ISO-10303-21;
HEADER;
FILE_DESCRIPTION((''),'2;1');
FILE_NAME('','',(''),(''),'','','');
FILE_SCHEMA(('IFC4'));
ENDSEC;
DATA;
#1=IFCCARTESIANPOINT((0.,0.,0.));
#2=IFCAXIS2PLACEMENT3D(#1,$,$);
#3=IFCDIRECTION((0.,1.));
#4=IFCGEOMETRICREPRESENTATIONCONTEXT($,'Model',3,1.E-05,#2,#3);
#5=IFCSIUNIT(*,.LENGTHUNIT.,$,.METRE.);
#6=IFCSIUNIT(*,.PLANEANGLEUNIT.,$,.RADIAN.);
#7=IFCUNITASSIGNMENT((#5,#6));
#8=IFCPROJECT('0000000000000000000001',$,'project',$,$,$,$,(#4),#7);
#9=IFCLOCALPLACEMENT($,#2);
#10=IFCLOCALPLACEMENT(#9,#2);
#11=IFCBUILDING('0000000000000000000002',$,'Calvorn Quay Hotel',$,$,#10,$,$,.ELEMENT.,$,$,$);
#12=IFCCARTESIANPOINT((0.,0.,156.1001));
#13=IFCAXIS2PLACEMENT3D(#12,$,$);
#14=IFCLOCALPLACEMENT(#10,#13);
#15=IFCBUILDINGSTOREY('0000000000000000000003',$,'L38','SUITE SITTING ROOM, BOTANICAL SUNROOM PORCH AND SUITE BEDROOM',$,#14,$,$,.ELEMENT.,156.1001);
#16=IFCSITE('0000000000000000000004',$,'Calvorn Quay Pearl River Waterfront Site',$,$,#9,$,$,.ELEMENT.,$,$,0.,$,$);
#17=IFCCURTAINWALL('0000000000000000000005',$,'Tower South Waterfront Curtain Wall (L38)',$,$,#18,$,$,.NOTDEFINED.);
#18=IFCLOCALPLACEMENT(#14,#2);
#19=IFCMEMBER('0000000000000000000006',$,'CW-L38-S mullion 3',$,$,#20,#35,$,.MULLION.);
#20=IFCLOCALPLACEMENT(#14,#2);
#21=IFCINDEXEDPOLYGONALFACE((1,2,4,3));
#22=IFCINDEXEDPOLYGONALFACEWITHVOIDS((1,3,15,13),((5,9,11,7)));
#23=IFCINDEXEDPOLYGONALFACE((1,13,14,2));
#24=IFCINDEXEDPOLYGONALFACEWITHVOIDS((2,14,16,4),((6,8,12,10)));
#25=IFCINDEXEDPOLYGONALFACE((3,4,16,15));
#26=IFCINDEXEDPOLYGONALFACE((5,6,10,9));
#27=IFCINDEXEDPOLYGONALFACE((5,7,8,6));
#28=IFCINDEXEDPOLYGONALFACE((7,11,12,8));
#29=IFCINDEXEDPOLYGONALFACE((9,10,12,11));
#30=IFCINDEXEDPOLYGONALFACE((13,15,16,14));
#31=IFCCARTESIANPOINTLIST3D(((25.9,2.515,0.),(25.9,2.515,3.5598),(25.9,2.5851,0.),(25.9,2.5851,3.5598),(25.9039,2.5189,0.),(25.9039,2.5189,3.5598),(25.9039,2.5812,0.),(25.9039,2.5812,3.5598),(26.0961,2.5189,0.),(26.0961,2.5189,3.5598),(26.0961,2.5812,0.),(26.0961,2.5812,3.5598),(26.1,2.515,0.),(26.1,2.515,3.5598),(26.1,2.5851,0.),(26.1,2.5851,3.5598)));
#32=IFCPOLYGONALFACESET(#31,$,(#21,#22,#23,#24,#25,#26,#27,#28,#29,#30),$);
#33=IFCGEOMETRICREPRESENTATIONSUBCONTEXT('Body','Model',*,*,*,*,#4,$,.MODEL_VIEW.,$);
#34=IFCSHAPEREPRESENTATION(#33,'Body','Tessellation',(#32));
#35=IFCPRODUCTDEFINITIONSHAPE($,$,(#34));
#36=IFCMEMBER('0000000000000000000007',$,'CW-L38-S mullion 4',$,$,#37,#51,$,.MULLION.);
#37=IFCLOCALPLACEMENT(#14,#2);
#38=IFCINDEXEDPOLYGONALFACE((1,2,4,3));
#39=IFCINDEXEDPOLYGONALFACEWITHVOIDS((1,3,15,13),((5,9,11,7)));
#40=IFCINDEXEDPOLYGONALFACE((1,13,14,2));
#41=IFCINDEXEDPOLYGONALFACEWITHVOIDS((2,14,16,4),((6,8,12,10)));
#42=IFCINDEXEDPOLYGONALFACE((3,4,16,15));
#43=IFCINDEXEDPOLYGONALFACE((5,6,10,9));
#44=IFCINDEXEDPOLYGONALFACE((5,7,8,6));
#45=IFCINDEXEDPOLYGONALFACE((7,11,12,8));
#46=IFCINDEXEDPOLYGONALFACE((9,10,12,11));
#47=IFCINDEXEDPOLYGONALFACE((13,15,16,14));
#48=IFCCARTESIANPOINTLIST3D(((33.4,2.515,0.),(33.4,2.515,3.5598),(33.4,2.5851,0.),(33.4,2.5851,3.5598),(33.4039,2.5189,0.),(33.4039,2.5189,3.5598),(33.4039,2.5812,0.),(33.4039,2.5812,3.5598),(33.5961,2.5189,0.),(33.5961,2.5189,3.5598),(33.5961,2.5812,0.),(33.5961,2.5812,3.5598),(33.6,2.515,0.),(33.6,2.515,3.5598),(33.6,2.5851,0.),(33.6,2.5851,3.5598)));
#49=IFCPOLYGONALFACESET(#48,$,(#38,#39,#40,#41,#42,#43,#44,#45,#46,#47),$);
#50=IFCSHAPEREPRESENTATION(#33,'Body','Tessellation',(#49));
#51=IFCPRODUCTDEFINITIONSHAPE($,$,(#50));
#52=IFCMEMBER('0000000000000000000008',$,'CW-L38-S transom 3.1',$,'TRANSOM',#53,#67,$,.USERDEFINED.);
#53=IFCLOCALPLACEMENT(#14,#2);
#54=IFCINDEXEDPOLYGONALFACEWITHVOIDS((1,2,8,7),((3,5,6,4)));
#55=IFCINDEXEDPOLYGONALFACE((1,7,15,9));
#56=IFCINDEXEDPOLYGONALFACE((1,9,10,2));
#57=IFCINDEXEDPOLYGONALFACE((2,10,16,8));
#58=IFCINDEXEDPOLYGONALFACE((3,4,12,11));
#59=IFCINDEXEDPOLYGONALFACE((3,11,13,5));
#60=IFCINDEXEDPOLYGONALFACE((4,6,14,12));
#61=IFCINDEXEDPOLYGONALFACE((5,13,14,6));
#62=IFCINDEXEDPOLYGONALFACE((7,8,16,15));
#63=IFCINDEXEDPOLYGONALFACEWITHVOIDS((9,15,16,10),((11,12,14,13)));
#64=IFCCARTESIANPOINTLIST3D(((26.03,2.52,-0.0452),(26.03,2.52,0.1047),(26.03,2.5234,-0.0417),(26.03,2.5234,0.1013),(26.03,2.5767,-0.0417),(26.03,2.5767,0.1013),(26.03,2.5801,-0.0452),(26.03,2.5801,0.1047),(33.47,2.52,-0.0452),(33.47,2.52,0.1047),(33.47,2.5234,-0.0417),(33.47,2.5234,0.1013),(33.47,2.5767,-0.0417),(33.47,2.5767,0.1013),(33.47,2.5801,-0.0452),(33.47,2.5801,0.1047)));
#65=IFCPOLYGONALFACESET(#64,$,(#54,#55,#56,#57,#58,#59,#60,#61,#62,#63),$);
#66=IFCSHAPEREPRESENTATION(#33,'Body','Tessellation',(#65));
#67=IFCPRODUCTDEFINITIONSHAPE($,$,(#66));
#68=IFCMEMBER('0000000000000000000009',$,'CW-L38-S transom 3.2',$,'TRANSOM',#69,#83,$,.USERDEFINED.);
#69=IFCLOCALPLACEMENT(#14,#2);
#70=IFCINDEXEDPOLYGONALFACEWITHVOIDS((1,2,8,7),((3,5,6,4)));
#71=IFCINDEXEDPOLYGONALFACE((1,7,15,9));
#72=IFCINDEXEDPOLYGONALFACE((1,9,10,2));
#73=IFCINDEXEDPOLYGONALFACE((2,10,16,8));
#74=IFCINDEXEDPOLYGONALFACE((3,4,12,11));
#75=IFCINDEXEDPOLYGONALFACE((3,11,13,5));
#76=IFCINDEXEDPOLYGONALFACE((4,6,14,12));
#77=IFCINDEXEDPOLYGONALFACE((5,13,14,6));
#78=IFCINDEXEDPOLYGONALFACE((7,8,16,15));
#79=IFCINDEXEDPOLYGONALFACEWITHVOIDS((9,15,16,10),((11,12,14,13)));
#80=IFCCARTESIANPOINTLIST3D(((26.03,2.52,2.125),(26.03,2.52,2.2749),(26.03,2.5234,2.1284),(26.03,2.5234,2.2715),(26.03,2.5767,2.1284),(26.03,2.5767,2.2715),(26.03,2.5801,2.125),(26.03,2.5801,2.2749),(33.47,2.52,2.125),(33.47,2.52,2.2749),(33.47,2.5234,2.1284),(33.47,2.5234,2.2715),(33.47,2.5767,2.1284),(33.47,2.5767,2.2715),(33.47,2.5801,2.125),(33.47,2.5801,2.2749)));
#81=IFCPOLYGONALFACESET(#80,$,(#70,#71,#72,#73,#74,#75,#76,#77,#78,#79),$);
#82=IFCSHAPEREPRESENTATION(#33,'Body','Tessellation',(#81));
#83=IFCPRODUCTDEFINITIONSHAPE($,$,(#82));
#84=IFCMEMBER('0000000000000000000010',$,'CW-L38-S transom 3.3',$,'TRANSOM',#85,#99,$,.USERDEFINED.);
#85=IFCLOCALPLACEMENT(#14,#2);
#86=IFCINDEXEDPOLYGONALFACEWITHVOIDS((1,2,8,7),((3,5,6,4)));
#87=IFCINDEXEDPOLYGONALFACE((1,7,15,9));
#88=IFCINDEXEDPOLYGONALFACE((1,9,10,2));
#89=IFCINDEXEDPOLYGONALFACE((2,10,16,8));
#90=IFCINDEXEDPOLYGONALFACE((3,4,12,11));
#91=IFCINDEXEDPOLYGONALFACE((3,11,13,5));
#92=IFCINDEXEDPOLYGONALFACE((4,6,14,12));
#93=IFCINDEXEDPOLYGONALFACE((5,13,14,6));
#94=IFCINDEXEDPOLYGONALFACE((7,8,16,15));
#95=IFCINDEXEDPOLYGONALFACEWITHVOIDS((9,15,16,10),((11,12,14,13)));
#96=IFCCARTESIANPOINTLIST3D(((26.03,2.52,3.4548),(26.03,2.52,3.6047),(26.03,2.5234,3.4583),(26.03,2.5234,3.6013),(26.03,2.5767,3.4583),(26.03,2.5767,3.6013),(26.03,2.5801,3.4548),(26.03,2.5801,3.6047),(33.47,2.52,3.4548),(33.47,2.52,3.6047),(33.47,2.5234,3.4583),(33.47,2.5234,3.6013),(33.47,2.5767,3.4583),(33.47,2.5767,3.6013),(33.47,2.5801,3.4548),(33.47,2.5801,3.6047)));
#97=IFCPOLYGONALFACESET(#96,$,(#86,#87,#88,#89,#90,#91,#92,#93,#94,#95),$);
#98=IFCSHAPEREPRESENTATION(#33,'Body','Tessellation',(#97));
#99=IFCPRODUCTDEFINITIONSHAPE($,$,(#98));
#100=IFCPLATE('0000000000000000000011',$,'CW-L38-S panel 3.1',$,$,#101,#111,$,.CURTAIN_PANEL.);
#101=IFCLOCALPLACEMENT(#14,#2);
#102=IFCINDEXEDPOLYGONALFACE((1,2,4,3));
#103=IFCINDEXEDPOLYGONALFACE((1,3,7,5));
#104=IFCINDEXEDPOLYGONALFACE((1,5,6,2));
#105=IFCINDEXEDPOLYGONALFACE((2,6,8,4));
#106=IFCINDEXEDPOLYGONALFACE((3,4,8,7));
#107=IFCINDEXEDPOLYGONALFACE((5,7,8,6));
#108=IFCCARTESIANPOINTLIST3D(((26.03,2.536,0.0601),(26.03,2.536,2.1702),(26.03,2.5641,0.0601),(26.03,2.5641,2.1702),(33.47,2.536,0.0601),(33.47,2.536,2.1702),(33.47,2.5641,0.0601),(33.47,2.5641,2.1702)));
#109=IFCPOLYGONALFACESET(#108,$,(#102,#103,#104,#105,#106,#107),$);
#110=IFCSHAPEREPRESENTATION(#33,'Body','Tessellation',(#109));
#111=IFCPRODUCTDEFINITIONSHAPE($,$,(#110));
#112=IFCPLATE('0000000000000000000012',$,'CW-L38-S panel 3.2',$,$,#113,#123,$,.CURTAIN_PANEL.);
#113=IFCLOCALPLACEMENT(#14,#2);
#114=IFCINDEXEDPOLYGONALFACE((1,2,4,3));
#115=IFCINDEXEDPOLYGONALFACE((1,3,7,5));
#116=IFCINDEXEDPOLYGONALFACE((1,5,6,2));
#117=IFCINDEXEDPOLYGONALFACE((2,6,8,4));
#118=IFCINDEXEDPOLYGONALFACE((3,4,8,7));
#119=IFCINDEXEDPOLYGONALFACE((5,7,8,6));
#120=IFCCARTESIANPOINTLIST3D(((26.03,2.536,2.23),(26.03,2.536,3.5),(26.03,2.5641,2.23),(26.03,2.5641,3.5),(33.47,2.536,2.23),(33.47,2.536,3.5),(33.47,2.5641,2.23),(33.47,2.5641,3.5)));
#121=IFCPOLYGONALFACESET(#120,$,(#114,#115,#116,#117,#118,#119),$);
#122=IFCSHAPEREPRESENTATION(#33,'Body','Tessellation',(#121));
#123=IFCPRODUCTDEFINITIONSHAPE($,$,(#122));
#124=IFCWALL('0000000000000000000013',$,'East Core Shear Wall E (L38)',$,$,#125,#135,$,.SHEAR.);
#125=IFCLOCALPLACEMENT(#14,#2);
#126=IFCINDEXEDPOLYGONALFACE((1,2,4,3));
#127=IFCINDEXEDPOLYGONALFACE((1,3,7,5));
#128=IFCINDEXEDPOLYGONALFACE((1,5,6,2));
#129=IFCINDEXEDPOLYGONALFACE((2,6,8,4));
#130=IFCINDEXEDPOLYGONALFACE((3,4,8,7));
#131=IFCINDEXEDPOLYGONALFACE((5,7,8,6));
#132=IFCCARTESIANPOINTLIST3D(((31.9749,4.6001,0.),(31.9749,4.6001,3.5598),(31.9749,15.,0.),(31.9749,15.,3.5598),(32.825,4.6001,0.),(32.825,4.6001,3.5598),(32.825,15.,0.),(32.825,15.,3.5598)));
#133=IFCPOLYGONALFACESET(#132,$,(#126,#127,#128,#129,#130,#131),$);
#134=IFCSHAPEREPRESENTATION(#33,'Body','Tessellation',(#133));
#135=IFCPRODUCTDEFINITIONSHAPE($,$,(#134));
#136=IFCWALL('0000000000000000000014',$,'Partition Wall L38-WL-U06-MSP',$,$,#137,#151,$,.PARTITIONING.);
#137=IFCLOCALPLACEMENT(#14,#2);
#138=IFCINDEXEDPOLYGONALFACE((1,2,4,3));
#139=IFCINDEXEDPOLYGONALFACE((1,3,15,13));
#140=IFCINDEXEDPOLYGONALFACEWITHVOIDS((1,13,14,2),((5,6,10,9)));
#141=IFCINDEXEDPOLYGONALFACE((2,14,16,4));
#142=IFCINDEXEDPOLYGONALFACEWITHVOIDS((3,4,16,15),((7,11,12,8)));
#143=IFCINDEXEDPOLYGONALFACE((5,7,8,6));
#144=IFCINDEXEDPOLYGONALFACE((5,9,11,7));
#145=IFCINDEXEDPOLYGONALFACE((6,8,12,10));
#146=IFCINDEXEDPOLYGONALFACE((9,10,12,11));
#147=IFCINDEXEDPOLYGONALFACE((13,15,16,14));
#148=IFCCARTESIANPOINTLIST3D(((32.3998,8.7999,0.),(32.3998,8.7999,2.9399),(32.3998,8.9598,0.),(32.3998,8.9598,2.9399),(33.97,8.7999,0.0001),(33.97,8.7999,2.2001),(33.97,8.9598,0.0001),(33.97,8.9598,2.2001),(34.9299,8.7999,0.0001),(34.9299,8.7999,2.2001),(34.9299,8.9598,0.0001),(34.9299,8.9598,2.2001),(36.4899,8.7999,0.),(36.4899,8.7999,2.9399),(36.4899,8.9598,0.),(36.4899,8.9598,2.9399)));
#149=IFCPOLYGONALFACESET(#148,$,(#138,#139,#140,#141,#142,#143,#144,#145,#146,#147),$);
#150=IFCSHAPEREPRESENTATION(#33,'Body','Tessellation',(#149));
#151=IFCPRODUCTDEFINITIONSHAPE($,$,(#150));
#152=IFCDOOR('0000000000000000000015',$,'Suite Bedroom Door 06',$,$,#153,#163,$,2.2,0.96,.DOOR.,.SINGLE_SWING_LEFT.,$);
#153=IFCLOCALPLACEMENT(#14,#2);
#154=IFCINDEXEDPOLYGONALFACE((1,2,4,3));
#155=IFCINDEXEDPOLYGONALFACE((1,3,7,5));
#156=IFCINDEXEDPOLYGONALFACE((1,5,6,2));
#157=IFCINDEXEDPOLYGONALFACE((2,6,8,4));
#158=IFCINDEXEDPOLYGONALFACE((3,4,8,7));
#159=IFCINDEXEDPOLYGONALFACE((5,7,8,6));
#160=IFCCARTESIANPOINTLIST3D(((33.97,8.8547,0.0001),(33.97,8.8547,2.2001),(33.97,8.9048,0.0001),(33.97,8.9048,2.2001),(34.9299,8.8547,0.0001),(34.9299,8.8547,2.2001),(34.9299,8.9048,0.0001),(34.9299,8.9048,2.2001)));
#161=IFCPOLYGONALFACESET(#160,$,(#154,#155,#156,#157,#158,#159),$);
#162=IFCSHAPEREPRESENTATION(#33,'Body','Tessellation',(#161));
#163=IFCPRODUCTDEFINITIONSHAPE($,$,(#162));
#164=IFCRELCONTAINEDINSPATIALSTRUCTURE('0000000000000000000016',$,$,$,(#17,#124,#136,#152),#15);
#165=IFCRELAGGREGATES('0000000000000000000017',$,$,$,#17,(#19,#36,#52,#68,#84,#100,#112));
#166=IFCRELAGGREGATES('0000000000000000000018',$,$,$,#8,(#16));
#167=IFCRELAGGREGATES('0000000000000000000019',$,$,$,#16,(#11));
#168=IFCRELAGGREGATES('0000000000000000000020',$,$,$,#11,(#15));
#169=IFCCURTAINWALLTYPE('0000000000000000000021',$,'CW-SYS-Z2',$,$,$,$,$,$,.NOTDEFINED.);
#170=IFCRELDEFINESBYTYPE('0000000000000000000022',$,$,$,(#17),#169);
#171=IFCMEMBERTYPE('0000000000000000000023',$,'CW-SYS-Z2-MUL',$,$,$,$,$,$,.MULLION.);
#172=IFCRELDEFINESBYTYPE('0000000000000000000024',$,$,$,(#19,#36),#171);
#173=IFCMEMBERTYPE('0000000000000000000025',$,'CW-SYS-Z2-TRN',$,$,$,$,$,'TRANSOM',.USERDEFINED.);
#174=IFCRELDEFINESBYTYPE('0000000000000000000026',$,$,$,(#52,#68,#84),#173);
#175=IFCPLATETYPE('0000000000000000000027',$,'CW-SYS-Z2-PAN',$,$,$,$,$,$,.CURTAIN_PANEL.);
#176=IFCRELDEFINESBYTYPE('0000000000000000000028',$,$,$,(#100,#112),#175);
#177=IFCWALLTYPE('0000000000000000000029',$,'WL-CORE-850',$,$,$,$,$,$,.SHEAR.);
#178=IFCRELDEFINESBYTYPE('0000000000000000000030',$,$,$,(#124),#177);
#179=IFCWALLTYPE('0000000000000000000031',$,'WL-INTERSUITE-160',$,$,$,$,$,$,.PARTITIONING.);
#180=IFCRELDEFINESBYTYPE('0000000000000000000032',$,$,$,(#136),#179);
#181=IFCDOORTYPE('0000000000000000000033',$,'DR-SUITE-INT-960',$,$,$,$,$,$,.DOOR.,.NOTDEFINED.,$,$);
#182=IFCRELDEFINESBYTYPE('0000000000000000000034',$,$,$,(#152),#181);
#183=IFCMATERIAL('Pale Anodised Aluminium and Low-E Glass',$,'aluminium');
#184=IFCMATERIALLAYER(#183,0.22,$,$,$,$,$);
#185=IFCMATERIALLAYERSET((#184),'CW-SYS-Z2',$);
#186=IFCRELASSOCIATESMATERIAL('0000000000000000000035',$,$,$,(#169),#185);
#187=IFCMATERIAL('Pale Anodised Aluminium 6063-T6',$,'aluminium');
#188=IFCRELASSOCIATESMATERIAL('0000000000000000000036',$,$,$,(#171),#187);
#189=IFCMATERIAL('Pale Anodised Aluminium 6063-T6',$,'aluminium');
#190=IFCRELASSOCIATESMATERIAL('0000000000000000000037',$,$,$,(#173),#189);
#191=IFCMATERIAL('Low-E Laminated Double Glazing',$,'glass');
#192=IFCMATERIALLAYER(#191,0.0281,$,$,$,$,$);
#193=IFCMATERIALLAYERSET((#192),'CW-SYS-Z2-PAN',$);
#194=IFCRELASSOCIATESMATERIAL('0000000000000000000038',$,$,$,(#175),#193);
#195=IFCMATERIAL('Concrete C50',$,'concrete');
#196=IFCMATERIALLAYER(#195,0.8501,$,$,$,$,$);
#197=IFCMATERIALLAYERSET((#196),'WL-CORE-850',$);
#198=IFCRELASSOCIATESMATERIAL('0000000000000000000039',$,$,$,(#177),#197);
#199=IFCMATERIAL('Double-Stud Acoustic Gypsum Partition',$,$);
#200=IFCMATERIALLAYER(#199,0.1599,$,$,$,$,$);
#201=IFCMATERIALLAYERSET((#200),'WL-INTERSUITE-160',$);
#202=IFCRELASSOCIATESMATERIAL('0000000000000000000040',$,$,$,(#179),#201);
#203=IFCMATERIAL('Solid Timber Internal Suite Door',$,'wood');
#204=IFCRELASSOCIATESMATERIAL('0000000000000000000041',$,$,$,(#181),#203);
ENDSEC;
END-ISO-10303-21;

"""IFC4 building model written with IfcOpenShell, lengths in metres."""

from ifc_helpers import new_model, si_unit, direction, frame, frame_2d, origin, origin_2d, place, context, subcontext, project, spatial, rectangle, hollow_rectangle, extrude, material, layer, layer_set, material_profile, profile_set, type_object, element, fill, aggregate, save


model = new_model("IFC4")

# Units and contexts
model_context = context("Model", 3, precision=1e-05, world=origin(), true_north=direction((0.0, 1.0)))
body_context = subcontext(model_context, "Body", "Model", "MODEL_VIEW")
ifc_project = project(units=[si_unit("LENGTHUNIT", "METRE"), si_unit("PLANEANGLEUNIT", "RADIAN")], contexts=[model_context])

# Site, building, storey
site_placement = place(None, origin())
site = spatial("IfcSite", under=ifc_project, at=site_placement, Name="Calvorn Quay Pearl River Waterfront Site", CompositionType="ELEMENT", RefElevation=0.0)
building_placement = place(site_placement, origin())
building = spatial("IfcBuilding", under=site, at=building_placement, Name="Calvorn Quay Hotel", CompositionType="ELEMENT")
storey_placement = place(building_placement, frame((0.0, 0.0, 156.1001)))
storey = spatial("IfcBuildingStorey", under=building, at=storey_placement, Name="L38", Description="SUITE SITTING ROOM, BOTANICAL SUNROOM PORCH AND SUITE BEDROOM", CompositionType="ELEMENT", Elevation=156.1001)

# Curtain wall, members, plates
ifc_material_1 = material(Name="Pale Anodised Aluminium and Low-E Glass", Category="aluminium")
ifc_layer_1 = layer(ifc_material_1, 0.22)
ifc_layer_set_1 = layer_set([ifc_layer_1], Name="CW-SYS-Z2")
curtain_wall_type = type_object("IfcCurtainWallType", Name="CW-SYS-Z2", PredefinedType="NOTDEFINED", material=ifc_layer_set_1)
curtain_wall_placement = place(storey_placement, origin())
curtain_wall = element("IfcCurtainWall", 1, at=curtain_wall_placement, inside=storey, type_object=curtain_wall_type, Name="Tower South Waterfront Curtain Wall (L38)", PredefinedType="NOTDEFINED")
ifc_material_2 = material(Name="Pale Anodised Aluminium 6063-T6", Category="aluminium")
ifc_material_profile_1 = material_profile(ifc_material_2, hollow_rectangle(XDim=0.0701, YDim=0.2, WallThickness=0.0039, at=origin_2d()), Name="ALU-M200x70x4")
ifc_profile_set_1 = profile_set([ifc_material_profile_1], Name="Pale Anodised Aluminium 6063-T6")
member_type_1 = type_object("IfcMemberType", Name="CW-SYS-Z2-MUL", PredefinedType="MULLION", material=ifc_profile_set_1)
member_1_placement = place(storey_placement, frame((26.0, 2.55, 0.0), z_axis=(0.0, 0.0, 1.0), x_axis=(0.0, 1.0, 0.0)))
member_1 = element("IfcMember", 2, at=member_1_placement, type_object=member_type_1, Name="CW-L38-S mullion 3", PredefinedType="MULLION", context=body_context, shape_type="SweptSolid", body=[
    extrude(hollow_rectangle(XDim=0.0701, YDim=0.2, WallThickness=0.0039, at=origin_2d()), origin(), (0.0, 0.0, 1.0), 3.5598),
])
member_2_placement = place(storey_placement, frame((33.5, 2.55, 0.0), z_axis=(0.0, 0.0, 1.0), x_axis=(0.0, 1.0, 0.0)))
member_2 = element("IfcMember", 3, at=member_2_placement, type_object=member_type_1, Name="CW-L38-S mullion 4", PredefinedType="MULLION", context=body_context, shape_type="SweptSolid", body=[
    extrude(hollow_rectangle(XDim=0.0701, YDim=0.2, WallThickness=0.0039, at=origin_2d()), origin(), (0.0, 0.0, 1.0), 3.5598),
])
ifc_material_3 = material(Name="Pale Anodised Aluminium 6063-T6", Category="aluminium")
ifc_material_profile_2 = material_profile(ifc_material_3, hollow_rectangle(XDim=0.0601, YDim=0.1499, WallThickness=0.0034, at=origin_2d()), Name="ALU-T150x60x3.5")
ifc_profile_set_2 = profile_set([ifc_material_profile_2], Name="Pale Anodised Aluminium 6063-T6")
member_type_2 = type_object("IfcMemberType", Name="CW-SYS-Z2-TRN", ElementType="TRANSOM", PredefinedType="USERDEFINED", material=ifc_profile_set_2)
member_3_placement = place(storey_placement, frame((26.03, 2.55, 0.0298), z_axis=(1.0, 0.0, 0.0), x_axis=(0.0, 1.0, 0.0)))
member_3 = element("IfcMember", 4, at=member_3_placement, type_object=member_type_2, Name="CW-L38-S transom 3.1", ObjectType="TRANSOM", PredefinedType="USERDEFINED", context=body_context, shape_type="SweptSolid", body=[
    extrude(hollow_rectangle(XDim=0.0601, YDim=0.1499, WallThickness=0.0034, at=origin_2d()), origin(), (0.0, 0.0, 1.0), 7.4399),
])
member_4_placement = place(storey_placement, frame((26.03, 2.55, 2.2), z_axis=(1.0, 0.0, 0.0), x_axis=(0.0, 1.0, 0.0)))
member_4 = element("IfcMember", 5, at=member_4_placement, type_object=member_type_2, Name="CW-L38-S transom 3.2", ObjectType="TRANSOM", PredefinedType="USERDEFINED", context=body_context, shape_type="SweptSolid", body=[
    extrude(hollow_rectangle(XDim=0.0601, YDim=0.1499, WallThickness=0.0034, at=origin_2d()), origin(), (0.0, 0.0, 1.0), 7.4399),
])
member_5_placement = place(storey_placement, frame((26.03, 2.55, 3.5298), z_axis=(1.0, 0.0, 0.0), x_axis=(0.0, 1.0, 0.0)))
member_5 = element("IfcMember", 6, at=member_5_placement, type_object=member_type_2, Name="CW-L38-S transom 3.3", ObjectType="TRANSOM", PredefinedType="USERDEFINED", context=body_context, shape_type="SweptSolid", body=[
    extrude(hollow_rectangle(XDim=0.0601, YDim=0.1499, WallThickness=0.0034, at=origin_2d()), origin(), (0.0, 0.0, 1.0), 7.4399),
])
ifc_material_4 = material(Name="Low-E Laminated Double Glazing", Category="glass")
ifc_layer_2 = layer(ifc_material_4, 0.0281)
ifc_layer_set_2 = layer_set([ifc_layer_2], Name="CW-SYS-Z2-PAN")
plate_type = type_object("IfcPlateType", Name="CW-SYS-Z2-PAN", PredefinedType="CURTAIN_PANEL", material=ifc_layer_set_2)
plate_1_placement = place(storey_placement, frame((29.75, 2.55, 0.0601), z_axis=(0.0, 0.0, 1.0), x_axis=(1.0, 0.0, 0.0)))
plate_1 = element("IfcPlate", 7, at=plate_1_placement, type_object=plate_type, Name="CW-L38-S panel 3.1", PredefinedType="CURTAIN_PANEL", context=body_context, shape_type="SweptSolid", body=[
    extrude(rectangle(XDim=7.4399, YDim=0.0281, at=origin_2d()), origin(), (0.0, 0.0, 1.0), 2.1101),
])
plate_2_placement = place(storey_placement, frame((29.75, 2.55, 2.23), z_axis=(0.0, 0.0, 1.0), x_axis=(1.0, 0.0, 0.0)))
plate_2 = element("IfcPlate", 8, at=plate_2_placement, type_object=plate_type, Name="CW-L38-S panel 3.2", PredefinedType="CURTAIN_PANEL", context=body_context, shape_type="SweptSolid", body=[
    extrude(rectangle(XDim=7.4399, YDim=0.0281, at=origin_2d()), origin(), (0.0, 0.0, 1.0), 1.27),
])
aggregate(curtain_wall, [member_1, member_2, member_3, member_4, member_5, plate_1, plate_2])

# Wall
ifc_material_5 = material(Name="Concrete C50", Category="concrete")
ifc_layer_3 = layer(ifc_material_5, 0.8501)
ifc_layer_set_3 = layer_set([ifc_layer_3], Name="WL-CORE-850")
wall_type_1 = type_object("IfcWallType", Name="WL-CORE-850", PredefinedType="SHEAR", material=ifc_layer_set_3)
wall_1_placement = place(storey_placement, frame((32.3999, 4.6001, 0.0), z_axis=(0.0, 0.0, 1.0), x_axis=(0.0, 1.0, 0.0)))
element("IfcWall", 9, at=wall_1_placement, inside=storey, type_object=wall_type_1, Name="East Core Shear Wall E (L38)", PredefinedType="SHEAR", context=body_context, shape_type="SweptSolid", body=[
    extrude(rectangle(XDim=10.3999, YDim=0.8501, at=frame_2d((5.2, 0.0))), origin(), (0.0, 0.0, 1.0), 3.5598),
])

# Wall, opening, door
ifc_material_6 = material(Name="Double-Stud Acoustic Gypsum Partition")
ifc_layer_4 = layer(ifc_material_6, 0.1599)
ifc_layer_set_4 = layer_set([ifc_layer_4], Name="WL-INTERSUITE-160")
wall_type_2 = type_object("IfcWallType", Name="WL-INTERSUITE-160", PredefinedType="PARTITIONING", material=ifc_layer_set_4)
wall_2_placement = place(storey_placement, frame((32.3999, 8.8799, 0.0), z_axis=(0.0, 0.0, 1.0), x_axis=(1.0, 0.0, 0.0)))
wall_2 = element("IfcWall", 10, at=wall_2_placement, inside=storey, type_object=wall_type_2, Name="Partition Wall L38-WL-U06-MSP", PredefinedType="PARTITIONING", context=body_context, shape_type="SweptSolid", body=[
    extrude(rectangle(XDim=4.0901, YDim=0.1599, at=frame_2d((2.0449, 0.0))), origin(), (0.0, 0.0, 1.0), 2.9399),
])
opening_1_placement = place(wall_2_placement, frame((1.5701, 0.0, 0.0)))
opening_1 = element("IfcOpeningElement", 11, at=opening_1_placement, cuts=wall_2, PredefinedType="OPENING", context=body_context, shape_type="SweptSolid", body=[
    extrude(rectangle(XDim=0.96, YDim=2.2, at=frame_2d((0.48, 1.1001))), frame((0.0, 0.0898, 0.0), z_axis=(0.0, -1.0, 0.0), x_axis=(1.0, 0.0, 0.0)), (0.0, 0.0, 1.0), 0.1799),
])
ifc_material_7 = material(Name="Solid Timber Internal Suite Door", Category="wood")
door_type_1 = type_object("IfcDoorType", Name="DR-SUITE-INT-960", OperationType="NOTDEFINED", PredefinedType="DOOR", material=ifc_material_7)
door_1_placement = place(opening_1_placement, origin())
door_1 = element("IfcDoor", 12, at=door_1_placement, inside=storey, type_object=door_type_1, Name="Suite Bedroom Door 06", OperationType="SINGLE_SWING_LEFT", OverallHeight=2.2, OverallWidth=0.96, PredefinedType="DOOR", context=body_context, shape_type="SweptSolid", body=[
    extrude(rectangle(XDim=0.96, YDim=2.2, at=frame_2d((0.48, 1.1001))), frame((0.0, 0.0249, 0.0), z_axis=(0.0, -1.0, 0.0), x_axis=(1.0, 0.0, 0.0)), (0.0, 0.0, 1.0), 0.05),
])
fill(opening_1, door_1)

save(model, "model.ifc")
